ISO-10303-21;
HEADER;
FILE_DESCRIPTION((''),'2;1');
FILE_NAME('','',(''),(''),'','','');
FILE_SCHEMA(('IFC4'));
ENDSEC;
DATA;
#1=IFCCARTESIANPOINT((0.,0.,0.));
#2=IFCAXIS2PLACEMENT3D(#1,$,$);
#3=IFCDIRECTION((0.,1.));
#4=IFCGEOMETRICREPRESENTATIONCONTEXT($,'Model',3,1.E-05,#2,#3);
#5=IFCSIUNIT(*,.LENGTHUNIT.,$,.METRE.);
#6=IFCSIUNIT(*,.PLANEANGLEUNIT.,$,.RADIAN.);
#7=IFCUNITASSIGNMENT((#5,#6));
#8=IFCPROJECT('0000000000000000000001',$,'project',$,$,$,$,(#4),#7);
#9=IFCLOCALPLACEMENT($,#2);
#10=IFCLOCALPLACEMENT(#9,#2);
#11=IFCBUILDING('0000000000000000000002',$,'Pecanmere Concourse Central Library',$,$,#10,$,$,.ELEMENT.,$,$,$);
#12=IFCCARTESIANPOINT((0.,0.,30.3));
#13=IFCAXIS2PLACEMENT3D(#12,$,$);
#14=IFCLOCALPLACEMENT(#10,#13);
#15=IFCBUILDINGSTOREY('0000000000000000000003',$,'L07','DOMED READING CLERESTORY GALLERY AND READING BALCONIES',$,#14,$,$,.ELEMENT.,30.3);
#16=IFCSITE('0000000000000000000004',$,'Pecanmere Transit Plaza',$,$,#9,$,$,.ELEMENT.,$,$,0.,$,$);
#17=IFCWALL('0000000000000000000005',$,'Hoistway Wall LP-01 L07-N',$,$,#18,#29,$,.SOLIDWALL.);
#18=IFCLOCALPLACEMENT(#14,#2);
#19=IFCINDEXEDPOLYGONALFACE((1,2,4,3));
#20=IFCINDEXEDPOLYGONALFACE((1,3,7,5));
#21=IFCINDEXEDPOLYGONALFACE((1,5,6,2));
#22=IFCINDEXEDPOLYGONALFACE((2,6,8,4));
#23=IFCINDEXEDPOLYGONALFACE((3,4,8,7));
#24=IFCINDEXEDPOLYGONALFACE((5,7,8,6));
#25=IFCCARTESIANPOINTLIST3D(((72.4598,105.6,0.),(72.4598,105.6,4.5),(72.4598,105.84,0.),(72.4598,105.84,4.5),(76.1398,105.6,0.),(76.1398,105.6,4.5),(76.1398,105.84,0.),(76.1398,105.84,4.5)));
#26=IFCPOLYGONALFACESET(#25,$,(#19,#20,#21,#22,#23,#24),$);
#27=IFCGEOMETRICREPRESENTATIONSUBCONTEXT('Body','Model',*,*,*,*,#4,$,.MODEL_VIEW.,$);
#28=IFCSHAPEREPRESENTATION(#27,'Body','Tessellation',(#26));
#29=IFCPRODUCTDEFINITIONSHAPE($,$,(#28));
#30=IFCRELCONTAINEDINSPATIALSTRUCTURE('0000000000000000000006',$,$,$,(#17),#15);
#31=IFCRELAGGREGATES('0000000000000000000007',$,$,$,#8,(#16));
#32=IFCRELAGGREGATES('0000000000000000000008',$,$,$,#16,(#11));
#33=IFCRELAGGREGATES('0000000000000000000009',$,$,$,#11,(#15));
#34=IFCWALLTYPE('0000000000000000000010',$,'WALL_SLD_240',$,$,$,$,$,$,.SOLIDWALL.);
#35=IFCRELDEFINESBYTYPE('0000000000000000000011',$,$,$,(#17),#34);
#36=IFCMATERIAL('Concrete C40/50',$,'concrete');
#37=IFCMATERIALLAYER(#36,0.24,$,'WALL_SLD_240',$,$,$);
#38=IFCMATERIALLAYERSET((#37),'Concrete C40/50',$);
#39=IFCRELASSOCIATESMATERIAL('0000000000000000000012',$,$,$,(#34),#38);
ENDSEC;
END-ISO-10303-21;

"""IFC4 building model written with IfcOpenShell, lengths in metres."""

from ifc_helpers import new_model, si_unit, direction, frame, frame_2d, origin, place, context, subcontext, project, spatial, rectangle, extrude, material, layer, layer_set, type_object, element, save


model = new_model("IFC4")

# Units and contexts
model_context = context("Model", 3, precision=1e-05, world=origin(), true_north=direction((0.0, 1.0)))
body_context = subcontext(model_context, "Body", "Model", "MODEL_VIEW")
ifc_project = project(units=[si_unit("LENGTHUNIT", "METRE"), si_unit("PLANEANGLEUNIT", "RADIAN")], contexts=[model_context])

# Site, building, storey
site_placement = place(None, origin())
site = spatial("IfcSite", under=ifc_project, at=site_placement, Name="Pecanmere Transit Plaza", CompositionType="ELEMENT", RefElevation=0.0)
building_placement = place(site_placement, origin())
building = spatial("IfcBuilding", under=site, at=building_placement, Name="Pecanmere Concourse Central Library", CompositionType="ELEMENT")
storey_placement = place(building_placement, frame((0.0, 0.0, 30.3)))
storey = spatial("IfcBuildingStorey", under=building, at=storey_placement, Name="L07", Description="DOMED READING CLERESTORY GALLERY AND READING BALCONIES", CompositionType="ELEMENT", Elevation=30.3)

# Wall
ifc_material_1 = material(Name="Concrete C40/50", Category="concrete")
ifc_layer_1 = layer(ifc_material_1, 0.24, Name="WALL_SLD_240")
ifc_layer_set_1 = layer_set([ifc_layer_1], Name="Concrete C40/50")
wall_type = type_object("IfcWallType", Name="WALL_SLD_240", PredefinedType="SOLIDWALL", material=ifc_layer_set_1)
wall_placement = place(storey_placement, frame((72.46, 105.72, 0.0), z_axis=(0.0, 0.0, 1.0), x_axis=(1.0, 0.0, 0.0)))
element("IfcWall", 1, at=wall_placement, inside=storey, type_object=wall_type, Name="Hoistway Wall LP-01 L07-N", PredefinedType="SOLIDWALL", context=body_context, shape_type="SweptSolid", body=[
    extrude(rectangle(XDim=3.6799, YDim=0.24, at=frame_2d((1.8398, 0.0))), origin(), (0.0, 0.0, 1.0), 4.5),
])

save(model, "model.ifc")
